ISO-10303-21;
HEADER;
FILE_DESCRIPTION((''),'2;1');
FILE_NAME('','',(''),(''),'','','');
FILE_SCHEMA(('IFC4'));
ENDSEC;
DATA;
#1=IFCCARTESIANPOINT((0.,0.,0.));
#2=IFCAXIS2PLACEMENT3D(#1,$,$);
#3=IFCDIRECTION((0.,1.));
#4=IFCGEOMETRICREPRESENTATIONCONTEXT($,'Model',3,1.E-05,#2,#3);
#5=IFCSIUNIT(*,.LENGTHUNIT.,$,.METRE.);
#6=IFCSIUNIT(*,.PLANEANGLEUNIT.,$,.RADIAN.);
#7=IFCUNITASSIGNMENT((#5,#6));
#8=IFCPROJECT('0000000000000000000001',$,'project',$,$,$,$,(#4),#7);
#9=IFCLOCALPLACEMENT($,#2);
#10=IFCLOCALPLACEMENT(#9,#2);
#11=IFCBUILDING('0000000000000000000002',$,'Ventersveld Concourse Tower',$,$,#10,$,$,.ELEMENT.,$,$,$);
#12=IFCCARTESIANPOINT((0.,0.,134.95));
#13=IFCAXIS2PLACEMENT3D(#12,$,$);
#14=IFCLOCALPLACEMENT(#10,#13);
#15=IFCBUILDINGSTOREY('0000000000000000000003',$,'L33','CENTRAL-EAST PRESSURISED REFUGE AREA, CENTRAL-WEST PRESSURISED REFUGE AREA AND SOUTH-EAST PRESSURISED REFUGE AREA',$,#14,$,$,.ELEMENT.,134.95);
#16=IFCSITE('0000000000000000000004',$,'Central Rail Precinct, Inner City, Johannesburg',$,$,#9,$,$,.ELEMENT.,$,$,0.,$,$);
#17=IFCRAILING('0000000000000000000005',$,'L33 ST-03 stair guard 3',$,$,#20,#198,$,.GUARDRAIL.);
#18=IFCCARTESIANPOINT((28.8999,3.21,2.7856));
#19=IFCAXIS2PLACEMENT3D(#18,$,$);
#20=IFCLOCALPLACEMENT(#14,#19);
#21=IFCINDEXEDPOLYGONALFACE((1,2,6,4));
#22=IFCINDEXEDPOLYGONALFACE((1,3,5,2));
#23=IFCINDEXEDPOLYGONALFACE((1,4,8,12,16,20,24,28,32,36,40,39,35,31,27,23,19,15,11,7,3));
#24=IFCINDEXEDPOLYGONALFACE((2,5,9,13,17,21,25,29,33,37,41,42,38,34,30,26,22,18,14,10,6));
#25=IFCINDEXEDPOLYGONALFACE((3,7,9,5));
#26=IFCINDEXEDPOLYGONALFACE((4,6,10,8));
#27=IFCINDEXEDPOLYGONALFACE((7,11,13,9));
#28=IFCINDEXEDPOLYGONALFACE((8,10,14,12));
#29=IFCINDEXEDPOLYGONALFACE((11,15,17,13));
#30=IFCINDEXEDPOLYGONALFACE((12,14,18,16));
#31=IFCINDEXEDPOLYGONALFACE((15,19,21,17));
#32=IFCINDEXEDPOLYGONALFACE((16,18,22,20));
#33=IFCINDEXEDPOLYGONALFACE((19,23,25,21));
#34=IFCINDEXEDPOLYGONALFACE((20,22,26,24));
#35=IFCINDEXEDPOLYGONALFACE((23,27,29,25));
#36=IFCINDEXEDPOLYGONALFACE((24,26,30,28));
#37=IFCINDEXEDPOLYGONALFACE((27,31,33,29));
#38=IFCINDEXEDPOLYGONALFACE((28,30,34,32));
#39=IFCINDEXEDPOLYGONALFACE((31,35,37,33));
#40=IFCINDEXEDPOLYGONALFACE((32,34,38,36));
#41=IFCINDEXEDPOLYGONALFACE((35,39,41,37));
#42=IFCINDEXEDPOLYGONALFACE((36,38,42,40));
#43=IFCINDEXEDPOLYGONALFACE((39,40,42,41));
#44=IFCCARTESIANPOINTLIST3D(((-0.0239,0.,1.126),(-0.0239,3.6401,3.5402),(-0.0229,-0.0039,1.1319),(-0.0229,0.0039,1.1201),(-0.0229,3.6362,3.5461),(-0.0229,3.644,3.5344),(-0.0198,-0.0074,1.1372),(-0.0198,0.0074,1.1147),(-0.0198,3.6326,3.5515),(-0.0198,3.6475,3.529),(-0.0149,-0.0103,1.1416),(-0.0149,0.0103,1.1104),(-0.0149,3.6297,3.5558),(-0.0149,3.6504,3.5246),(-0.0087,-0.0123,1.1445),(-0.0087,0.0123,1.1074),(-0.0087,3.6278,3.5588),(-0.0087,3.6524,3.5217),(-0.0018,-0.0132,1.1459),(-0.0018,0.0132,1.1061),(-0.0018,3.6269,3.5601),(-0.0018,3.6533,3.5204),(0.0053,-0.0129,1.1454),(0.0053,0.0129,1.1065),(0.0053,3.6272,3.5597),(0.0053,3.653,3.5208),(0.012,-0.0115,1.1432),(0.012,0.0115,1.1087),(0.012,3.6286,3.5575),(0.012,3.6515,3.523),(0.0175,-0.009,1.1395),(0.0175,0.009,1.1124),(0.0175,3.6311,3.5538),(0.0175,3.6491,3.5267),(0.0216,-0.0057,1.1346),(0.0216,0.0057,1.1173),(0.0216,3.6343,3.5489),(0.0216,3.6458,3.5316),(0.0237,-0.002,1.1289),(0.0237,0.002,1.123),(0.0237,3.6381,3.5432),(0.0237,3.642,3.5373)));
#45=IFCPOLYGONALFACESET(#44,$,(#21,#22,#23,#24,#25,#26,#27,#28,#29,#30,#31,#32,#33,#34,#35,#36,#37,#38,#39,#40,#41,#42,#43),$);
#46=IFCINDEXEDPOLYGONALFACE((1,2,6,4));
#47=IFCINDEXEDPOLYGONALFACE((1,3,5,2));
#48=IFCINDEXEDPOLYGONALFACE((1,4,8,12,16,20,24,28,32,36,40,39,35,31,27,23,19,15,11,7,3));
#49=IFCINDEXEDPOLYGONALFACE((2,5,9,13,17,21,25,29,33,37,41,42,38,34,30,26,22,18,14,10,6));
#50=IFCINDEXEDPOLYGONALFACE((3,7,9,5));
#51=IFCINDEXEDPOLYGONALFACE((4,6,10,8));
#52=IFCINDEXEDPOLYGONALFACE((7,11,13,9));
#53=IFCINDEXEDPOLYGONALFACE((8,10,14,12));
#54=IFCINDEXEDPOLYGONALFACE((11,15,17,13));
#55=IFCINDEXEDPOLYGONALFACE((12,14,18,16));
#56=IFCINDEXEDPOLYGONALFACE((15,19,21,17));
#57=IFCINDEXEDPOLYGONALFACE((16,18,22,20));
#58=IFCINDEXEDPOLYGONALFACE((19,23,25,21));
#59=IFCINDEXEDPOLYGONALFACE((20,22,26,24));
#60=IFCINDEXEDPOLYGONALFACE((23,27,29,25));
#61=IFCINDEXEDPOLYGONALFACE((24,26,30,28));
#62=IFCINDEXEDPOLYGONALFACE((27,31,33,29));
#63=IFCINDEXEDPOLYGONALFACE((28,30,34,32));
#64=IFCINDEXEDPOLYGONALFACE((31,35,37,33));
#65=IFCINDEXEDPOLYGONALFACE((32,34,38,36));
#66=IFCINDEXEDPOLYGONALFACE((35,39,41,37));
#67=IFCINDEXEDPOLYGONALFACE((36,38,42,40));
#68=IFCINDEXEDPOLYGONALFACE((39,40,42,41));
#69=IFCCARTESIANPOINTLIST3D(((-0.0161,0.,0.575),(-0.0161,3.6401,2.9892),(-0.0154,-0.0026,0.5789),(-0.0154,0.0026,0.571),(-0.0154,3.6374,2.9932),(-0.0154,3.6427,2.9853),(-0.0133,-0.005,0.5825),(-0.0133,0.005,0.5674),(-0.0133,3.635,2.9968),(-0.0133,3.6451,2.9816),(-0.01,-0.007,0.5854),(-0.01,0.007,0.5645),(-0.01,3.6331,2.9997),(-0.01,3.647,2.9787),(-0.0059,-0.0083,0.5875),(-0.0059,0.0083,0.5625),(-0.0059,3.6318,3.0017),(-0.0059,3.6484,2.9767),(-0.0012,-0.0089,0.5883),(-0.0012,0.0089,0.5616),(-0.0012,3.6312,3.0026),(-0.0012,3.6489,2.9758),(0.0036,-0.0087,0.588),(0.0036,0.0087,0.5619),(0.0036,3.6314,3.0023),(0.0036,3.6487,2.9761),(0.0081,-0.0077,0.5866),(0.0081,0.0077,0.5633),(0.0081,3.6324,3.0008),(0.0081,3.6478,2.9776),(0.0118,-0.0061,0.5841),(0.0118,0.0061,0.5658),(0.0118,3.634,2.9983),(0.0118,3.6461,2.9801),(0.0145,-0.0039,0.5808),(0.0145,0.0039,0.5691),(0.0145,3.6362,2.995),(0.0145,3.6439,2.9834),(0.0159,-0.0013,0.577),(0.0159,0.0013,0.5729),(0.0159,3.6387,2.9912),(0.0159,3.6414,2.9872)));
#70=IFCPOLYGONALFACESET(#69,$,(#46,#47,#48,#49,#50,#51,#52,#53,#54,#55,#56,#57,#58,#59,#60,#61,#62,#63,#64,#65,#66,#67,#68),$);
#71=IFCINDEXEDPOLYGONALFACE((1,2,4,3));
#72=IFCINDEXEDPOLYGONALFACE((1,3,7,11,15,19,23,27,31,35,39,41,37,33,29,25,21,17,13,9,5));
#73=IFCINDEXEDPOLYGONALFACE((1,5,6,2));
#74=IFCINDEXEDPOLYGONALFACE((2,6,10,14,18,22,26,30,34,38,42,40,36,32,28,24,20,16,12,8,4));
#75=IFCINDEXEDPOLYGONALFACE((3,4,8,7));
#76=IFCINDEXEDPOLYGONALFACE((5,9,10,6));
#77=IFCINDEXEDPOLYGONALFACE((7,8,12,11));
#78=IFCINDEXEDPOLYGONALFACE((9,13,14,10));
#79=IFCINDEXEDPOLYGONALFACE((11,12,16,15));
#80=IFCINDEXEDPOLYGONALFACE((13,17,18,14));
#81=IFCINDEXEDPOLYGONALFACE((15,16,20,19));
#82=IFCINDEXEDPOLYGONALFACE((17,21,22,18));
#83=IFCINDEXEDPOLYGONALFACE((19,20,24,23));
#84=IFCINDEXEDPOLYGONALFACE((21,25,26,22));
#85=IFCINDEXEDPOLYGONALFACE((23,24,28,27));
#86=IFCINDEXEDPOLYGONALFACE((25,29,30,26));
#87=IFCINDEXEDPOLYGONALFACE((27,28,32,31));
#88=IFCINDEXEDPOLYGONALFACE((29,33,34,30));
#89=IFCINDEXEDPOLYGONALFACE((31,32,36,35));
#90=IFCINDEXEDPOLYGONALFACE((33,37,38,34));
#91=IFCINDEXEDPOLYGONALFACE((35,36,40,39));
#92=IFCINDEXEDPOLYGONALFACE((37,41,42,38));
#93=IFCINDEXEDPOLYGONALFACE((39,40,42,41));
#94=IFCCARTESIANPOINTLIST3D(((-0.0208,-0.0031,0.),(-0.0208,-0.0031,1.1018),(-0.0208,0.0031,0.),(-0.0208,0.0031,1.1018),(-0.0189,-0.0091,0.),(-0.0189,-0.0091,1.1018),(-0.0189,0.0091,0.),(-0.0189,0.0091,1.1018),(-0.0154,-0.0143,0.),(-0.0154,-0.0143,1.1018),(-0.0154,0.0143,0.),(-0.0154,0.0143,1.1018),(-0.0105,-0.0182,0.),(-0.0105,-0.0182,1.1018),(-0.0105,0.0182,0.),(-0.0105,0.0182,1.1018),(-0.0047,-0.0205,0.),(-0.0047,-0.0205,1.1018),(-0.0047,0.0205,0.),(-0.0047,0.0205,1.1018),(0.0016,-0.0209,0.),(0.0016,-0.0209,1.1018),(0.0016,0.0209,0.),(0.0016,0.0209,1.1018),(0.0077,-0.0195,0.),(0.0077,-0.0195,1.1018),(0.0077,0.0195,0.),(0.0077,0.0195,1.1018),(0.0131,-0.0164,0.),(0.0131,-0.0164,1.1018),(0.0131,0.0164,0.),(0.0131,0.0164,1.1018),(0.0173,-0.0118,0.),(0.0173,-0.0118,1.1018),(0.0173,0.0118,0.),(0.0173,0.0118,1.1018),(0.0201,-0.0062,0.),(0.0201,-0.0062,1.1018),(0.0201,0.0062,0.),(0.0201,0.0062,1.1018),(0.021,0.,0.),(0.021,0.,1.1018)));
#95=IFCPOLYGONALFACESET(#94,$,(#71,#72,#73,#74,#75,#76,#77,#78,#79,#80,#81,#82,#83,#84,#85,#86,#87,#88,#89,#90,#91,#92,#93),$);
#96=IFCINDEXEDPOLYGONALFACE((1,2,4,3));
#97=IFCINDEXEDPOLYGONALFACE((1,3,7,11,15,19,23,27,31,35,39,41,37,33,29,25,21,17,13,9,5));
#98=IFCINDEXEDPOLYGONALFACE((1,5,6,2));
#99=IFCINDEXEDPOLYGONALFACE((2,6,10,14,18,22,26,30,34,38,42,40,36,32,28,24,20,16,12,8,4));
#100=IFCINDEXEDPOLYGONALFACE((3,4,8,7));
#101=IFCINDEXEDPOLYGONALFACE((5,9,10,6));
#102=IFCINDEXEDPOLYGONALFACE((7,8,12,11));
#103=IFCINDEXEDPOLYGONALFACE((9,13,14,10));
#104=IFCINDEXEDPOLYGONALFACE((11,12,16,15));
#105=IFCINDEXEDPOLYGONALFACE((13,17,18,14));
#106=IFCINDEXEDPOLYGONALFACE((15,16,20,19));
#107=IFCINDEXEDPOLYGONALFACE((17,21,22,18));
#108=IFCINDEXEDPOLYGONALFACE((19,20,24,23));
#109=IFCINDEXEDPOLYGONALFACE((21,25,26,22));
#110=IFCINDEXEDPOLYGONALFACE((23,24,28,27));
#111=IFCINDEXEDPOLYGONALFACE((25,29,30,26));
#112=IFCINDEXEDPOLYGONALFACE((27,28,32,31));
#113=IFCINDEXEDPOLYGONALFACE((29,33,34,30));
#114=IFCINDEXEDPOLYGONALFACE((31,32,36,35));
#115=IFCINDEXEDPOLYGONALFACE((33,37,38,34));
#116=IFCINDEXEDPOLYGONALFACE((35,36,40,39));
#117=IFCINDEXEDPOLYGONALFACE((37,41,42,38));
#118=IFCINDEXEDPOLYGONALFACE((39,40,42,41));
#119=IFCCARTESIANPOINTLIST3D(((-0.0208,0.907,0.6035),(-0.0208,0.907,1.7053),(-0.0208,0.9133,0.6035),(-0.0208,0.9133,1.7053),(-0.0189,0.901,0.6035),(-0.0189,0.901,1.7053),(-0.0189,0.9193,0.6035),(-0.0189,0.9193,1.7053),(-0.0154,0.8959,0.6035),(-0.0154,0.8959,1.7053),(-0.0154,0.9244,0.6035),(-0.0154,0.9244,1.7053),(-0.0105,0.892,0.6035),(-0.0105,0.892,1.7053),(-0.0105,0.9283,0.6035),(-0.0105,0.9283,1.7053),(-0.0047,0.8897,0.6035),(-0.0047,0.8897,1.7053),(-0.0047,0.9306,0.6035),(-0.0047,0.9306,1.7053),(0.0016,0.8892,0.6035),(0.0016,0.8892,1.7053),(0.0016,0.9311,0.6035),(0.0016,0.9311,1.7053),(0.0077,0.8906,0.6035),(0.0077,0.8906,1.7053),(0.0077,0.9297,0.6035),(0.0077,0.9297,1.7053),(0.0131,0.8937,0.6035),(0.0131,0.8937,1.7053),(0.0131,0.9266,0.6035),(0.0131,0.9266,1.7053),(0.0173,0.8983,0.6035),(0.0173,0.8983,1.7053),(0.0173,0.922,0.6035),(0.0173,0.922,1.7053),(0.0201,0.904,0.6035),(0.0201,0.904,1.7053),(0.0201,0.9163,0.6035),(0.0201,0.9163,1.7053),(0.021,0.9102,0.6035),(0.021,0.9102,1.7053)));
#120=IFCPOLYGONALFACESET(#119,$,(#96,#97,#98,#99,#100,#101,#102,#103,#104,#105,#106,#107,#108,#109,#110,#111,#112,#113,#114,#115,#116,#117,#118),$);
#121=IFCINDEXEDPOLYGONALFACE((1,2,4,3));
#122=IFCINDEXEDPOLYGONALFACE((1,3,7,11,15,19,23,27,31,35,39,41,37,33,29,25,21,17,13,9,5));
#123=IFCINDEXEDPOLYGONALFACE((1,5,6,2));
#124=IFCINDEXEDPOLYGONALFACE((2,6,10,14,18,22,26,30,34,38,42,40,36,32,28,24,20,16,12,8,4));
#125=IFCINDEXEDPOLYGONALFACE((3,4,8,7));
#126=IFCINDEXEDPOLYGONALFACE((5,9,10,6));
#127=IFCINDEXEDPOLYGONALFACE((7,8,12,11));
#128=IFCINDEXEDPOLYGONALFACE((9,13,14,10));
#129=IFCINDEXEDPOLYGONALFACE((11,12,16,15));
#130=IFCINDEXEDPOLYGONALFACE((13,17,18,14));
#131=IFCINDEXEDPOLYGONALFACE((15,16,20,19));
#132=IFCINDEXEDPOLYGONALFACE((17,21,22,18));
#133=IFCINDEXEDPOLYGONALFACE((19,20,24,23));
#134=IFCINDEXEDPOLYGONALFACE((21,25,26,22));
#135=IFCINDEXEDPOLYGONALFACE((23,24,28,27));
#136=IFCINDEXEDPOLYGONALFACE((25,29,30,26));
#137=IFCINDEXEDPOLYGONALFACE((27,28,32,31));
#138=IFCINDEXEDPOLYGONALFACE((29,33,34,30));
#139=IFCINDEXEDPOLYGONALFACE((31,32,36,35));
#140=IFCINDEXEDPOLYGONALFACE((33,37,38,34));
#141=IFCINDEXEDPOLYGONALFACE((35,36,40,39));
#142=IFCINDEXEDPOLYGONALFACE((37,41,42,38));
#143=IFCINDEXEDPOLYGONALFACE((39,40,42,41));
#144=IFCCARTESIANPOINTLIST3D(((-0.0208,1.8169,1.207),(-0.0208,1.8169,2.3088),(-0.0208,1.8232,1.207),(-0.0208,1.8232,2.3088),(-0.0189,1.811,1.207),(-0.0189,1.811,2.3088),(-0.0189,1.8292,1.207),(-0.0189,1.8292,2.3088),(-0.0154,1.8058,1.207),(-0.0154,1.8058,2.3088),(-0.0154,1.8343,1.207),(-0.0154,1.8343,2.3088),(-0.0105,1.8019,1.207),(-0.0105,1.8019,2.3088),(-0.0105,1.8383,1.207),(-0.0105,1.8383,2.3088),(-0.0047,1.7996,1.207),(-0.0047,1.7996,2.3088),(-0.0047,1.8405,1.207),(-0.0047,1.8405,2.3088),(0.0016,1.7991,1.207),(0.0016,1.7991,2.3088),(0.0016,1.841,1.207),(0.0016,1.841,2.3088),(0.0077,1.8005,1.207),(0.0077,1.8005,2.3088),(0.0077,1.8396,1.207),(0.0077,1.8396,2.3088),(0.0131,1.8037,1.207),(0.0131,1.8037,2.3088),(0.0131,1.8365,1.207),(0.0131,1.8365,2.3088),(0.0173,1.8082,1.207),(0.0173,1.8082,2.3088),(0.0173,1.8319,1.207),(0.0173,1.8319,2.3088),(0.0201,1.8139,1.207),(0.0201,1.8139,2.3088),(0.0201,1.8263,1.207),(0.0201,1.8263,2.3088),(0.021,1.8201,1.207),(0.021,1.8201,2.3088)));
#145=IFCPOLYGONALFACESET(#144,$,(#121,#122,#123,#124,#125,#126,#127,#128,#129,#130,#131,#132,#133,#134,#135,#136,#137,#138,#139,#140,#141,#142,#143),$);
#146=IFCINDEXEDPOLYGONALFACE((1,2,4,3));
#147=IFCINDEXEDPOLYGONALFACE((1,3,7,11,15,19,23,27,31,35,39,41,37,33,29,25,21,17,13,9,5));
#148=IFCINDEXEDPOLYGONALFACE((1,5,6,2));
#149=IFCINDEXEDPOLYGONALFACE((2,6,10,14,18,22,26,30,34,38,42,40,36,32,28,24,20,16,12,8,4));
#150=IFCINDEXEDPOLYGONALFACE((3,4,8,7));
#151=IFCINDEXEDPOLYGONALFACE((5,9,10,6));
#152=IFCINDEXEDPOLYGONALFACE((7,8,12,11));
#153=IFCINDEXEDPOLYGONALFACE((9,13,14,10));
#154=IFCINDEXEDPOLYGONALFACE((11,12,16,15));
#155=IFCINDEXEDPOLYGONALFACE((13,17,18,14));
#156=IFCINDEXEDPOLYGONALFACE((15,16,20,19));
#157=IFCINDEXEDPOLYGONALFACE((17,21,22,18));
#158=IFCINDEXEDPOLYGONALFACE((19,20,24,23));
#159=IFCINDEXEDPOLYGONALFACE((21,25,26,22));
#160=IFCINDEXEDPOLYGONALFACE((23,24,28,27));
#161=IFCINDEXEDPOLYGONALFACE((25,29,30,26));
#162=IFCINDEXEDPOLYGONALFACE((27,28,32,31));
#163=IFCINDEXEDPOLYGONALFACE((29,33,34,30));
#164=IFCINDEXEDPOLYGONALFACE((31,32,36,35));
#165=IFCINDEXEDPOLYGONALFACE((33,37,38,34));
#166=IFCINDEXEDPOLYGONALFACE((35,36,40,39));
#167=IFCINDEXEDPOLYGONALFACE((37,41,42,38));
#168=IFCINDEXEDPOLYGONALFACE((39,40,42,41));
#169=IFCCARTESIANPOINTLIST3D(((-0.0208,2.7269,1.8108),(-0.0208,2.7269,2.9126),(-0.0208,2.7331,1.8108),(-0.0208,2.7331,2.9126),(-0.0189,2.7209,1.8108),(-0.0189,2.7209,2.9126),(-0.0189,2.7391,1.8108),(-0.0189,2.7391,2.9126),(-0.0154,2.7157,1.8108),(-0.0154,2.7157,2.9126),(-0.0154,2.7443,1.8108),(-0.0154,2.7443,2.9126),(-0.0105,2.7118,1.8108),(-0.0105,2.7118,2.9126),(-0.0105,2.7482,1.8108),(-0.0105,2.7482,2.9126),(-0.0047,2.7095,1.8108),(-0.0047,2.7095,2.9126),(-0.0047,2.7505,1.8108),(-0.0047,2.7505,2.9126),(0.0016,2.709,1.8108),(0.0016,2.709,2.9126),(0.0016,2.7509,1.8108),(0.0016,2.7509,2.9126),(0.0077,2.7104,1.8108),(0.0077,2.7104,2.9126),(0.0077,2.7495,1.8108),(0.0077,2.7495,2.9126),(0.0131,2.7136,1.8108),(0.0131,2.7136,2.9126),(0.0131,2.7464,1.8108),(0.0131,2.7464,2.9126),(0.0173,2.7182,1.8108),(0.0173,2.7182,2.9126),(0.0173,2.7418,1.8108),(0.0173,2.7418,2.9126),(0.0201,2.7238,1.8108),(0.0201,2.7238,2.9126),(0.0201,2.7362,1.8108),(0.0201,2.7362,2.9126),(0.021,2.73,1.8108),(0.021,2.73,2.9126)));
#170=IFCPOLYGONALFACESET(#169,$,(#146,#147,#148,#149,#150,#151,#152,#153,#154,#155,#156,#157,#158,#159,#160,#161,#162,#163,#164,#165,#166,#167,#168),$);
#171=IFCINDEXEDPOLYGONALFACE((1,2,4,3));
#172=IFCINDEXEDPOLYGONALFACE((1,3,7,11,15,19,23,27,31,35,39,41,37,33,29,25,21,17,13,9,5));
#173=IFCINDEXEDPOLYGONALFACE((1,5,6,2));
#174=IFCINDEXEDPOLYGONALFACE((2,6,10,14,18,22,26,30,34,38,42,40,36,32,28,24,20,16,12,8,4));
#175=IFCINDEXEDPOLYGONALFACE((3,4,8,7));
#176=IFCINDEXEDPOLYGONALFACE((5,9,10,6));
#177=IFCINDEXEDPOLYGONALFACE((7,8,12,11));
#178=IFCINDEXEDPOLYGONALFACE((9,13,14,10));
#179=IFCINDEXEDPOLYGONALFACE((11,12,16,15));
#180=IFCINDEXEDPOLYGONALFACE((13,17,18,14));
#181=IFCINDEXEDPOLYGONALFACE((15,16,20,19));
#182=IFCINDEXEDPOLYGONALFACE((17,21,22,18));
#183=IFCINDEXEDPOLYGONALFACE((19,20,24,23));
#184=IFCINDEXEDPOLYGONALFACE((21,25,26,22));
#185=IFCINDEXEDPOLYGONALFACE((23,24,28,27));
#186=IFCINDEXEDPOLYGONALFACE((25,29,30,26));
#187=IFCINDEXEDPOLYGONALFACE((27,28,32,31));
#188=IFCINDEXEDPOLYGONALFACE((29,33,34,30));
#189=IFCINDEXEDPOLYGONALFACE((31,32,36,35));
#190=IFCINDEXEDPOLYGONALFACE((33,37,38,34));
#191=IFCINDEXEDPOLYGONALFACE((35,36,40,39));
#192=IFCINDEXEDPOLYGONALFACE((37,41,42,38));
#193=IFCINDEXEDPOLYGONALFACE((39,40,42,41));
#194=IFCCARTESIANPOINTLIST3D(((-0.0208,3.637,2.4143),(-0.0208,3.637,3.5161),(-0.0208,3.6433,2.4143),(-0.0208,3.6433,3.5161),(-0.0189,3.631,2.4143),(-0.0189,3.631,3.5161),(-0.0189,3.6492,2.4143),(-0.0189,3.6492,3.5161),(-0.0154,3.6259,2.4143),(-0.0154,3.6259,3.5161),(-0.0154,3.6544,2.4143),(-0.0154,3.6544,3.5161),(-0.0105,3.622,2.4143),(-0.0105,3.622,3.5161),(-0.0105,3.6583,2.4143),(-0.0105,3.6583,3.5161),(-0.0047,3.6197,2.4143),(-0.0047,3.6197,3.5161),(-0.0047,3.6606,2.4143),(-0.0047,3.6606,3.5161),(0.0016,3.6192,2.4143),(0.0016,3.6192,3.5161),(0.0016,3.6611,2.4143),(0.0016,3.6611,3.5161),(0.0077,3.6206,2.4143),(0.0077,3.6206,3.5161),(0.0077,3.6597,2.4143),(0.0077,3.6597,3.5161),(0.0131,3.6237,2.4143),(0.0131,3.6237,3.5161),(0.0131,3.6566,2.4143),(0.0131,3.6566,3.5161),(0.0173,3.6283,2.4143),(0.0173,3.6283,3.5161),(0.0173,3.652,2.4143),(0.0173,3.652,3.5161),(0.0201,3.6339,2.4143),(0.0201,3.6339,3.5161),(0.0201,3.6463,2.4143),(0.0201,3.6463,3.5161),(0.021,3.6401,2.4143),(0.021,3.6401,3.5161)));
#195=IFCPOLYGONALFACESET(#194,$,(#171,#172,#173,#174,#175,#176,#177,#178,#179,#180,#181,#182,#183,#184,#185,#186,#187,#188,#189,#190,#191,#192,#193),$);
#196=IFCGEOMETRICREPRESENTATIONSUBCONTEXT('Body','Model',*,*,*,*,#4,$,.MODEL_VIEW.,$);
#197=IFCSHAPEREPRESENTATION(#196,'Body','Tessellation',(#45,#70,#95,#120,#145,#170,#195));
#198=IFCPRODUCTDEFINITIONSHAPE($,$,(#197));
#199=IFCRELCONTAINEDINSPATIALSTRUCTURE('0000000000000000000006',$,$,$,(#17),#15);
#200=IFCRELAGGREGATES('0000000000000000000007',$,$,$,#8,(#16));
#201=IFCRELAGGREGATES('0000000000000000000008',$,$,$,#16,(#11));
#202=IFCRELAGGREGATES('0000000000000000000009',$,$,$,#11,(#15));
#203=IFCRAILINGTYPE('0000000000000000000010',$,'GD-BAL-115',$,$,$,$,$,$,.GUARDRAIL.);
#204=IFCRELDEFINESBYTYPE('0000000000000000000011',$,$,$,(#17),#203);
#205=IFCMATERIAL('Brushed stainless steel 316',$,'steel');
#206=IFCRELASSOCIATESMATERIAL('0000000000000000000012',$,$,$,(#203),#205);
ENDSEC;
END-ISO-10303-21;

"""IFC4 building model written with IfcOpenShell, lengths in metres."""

from ifc_helpers import new_model, si_unit, direction, frame, origin, origin_2d, place, context, subcontext, project, spatial, circle, extrude, material, type_object, element, save


model = new_model("IFC4")

# Units and contexts
model_context = context("Model", 3, precision=1e-05, world=origin(), true_north=direction((0.0, 1.0)))
body_context = subcontext(model_context, "Body", "Model", "MODEL_VIEW")
ifc_project = project(units=[si_unit("LENGTHUNIT", "METRE"), si_unit("PLANEANGLEUNIT", "RADIAN")], contexts=[model_context])

# Site, building, storey
site_placement = place(None, origin())
site = spatial("IfcSite", under=ifc_project, at=site_placement, Name="Central Rail Precinct, Inner City, Johannesburg", CompositionType="ELEMENT", RefElevation=0.0)
building_placement = place(site_placement, origin())
building = spatial("IfcBuilding", under=site, at=building_placement, Name="Ventersveld Concourse Tower", CompositionType="ELEMENT")
storey_placement = place(building_placement, frame((0.0, 0.0, 134.95)))
storey = spatial("IfcBuildingStorey", under=building, at=storey_placement, Name="L33", Description="CENTRAL-EAST PRESSURISED REFUGE AREA, CENTRAL-WEST PRESSURISED REFUGE AREA AND SOUTH-EAST PRESSURISED REFUGE AREA", CompositionType="ELEMENT", Elevation=134.95)

# Railing
ifc_material_1 = material(Name="Brushed stainless steel 316", Category="steel")
railing_type_1 = type_object("IfcRailingType", Name="GD-BAL-115", PredefinedType="GUARDRAIL", material=ifc_material_1)
railing_1_placement = place(storey_placement, frame((28.8999, 3.21, 2.7856)))
element("IfcRailing", 1, at=railing_1_placement, inside=storey, type_object=railing_type_1, Name="L33 ST-03 stair guard 3", PredefinedType="GUARDRAIL", context=body_context, shape_type="SweptSolid", body=[
    extrude(circle(Radius=0.0239, at=origin_2d()), frame((0.0, 0.0, 1.126), z_axis=(0.0, 0.833364, 0.552725), x_axis=(-1.0, 0.0, 0.0)), (0.0, 0.0, 1.0), 4.3679),
    extrude(circle(Radius=0.0161, at=origin_2d()), frame((0.0, 0.0, 0.575), z_axis=(0.0, 0.833364, 0.552725), x_axis=(-1.0, 0.0, 0.0)), (0.0, 0.0, 1.0), 4.3679),
    extrude(circle(Radius=0.021, at=origin_2d()), origin(), (0.0, 0.0, 1.0), 1.1018),
    extrude(circle(Radius=0.021, at=origin_2d()), frame((0.0, 0.9102, 0.6035)), (0.0, 0.0, 1.0), 1.1018),
    extrude(circle(Radius=0.021, at=origin_2d()), frame((0.0, 1.8201, 1.207)), (0.0, 0.0, 1.0), 1.1018),
    extrude(circle(Radius=0.021, at=origin_2d()), frame((0.0, 2.73, 1.8108)), (0.0, 0.0, 1.0), 1.1018),
    extrude(circle(Radius=0.021, at=origin_2d()), frame((0.0, 3.6401, 2.4143)), (0.0, 0.0, 1.0), 1.1018),
])

save(model, "model.ifc")
